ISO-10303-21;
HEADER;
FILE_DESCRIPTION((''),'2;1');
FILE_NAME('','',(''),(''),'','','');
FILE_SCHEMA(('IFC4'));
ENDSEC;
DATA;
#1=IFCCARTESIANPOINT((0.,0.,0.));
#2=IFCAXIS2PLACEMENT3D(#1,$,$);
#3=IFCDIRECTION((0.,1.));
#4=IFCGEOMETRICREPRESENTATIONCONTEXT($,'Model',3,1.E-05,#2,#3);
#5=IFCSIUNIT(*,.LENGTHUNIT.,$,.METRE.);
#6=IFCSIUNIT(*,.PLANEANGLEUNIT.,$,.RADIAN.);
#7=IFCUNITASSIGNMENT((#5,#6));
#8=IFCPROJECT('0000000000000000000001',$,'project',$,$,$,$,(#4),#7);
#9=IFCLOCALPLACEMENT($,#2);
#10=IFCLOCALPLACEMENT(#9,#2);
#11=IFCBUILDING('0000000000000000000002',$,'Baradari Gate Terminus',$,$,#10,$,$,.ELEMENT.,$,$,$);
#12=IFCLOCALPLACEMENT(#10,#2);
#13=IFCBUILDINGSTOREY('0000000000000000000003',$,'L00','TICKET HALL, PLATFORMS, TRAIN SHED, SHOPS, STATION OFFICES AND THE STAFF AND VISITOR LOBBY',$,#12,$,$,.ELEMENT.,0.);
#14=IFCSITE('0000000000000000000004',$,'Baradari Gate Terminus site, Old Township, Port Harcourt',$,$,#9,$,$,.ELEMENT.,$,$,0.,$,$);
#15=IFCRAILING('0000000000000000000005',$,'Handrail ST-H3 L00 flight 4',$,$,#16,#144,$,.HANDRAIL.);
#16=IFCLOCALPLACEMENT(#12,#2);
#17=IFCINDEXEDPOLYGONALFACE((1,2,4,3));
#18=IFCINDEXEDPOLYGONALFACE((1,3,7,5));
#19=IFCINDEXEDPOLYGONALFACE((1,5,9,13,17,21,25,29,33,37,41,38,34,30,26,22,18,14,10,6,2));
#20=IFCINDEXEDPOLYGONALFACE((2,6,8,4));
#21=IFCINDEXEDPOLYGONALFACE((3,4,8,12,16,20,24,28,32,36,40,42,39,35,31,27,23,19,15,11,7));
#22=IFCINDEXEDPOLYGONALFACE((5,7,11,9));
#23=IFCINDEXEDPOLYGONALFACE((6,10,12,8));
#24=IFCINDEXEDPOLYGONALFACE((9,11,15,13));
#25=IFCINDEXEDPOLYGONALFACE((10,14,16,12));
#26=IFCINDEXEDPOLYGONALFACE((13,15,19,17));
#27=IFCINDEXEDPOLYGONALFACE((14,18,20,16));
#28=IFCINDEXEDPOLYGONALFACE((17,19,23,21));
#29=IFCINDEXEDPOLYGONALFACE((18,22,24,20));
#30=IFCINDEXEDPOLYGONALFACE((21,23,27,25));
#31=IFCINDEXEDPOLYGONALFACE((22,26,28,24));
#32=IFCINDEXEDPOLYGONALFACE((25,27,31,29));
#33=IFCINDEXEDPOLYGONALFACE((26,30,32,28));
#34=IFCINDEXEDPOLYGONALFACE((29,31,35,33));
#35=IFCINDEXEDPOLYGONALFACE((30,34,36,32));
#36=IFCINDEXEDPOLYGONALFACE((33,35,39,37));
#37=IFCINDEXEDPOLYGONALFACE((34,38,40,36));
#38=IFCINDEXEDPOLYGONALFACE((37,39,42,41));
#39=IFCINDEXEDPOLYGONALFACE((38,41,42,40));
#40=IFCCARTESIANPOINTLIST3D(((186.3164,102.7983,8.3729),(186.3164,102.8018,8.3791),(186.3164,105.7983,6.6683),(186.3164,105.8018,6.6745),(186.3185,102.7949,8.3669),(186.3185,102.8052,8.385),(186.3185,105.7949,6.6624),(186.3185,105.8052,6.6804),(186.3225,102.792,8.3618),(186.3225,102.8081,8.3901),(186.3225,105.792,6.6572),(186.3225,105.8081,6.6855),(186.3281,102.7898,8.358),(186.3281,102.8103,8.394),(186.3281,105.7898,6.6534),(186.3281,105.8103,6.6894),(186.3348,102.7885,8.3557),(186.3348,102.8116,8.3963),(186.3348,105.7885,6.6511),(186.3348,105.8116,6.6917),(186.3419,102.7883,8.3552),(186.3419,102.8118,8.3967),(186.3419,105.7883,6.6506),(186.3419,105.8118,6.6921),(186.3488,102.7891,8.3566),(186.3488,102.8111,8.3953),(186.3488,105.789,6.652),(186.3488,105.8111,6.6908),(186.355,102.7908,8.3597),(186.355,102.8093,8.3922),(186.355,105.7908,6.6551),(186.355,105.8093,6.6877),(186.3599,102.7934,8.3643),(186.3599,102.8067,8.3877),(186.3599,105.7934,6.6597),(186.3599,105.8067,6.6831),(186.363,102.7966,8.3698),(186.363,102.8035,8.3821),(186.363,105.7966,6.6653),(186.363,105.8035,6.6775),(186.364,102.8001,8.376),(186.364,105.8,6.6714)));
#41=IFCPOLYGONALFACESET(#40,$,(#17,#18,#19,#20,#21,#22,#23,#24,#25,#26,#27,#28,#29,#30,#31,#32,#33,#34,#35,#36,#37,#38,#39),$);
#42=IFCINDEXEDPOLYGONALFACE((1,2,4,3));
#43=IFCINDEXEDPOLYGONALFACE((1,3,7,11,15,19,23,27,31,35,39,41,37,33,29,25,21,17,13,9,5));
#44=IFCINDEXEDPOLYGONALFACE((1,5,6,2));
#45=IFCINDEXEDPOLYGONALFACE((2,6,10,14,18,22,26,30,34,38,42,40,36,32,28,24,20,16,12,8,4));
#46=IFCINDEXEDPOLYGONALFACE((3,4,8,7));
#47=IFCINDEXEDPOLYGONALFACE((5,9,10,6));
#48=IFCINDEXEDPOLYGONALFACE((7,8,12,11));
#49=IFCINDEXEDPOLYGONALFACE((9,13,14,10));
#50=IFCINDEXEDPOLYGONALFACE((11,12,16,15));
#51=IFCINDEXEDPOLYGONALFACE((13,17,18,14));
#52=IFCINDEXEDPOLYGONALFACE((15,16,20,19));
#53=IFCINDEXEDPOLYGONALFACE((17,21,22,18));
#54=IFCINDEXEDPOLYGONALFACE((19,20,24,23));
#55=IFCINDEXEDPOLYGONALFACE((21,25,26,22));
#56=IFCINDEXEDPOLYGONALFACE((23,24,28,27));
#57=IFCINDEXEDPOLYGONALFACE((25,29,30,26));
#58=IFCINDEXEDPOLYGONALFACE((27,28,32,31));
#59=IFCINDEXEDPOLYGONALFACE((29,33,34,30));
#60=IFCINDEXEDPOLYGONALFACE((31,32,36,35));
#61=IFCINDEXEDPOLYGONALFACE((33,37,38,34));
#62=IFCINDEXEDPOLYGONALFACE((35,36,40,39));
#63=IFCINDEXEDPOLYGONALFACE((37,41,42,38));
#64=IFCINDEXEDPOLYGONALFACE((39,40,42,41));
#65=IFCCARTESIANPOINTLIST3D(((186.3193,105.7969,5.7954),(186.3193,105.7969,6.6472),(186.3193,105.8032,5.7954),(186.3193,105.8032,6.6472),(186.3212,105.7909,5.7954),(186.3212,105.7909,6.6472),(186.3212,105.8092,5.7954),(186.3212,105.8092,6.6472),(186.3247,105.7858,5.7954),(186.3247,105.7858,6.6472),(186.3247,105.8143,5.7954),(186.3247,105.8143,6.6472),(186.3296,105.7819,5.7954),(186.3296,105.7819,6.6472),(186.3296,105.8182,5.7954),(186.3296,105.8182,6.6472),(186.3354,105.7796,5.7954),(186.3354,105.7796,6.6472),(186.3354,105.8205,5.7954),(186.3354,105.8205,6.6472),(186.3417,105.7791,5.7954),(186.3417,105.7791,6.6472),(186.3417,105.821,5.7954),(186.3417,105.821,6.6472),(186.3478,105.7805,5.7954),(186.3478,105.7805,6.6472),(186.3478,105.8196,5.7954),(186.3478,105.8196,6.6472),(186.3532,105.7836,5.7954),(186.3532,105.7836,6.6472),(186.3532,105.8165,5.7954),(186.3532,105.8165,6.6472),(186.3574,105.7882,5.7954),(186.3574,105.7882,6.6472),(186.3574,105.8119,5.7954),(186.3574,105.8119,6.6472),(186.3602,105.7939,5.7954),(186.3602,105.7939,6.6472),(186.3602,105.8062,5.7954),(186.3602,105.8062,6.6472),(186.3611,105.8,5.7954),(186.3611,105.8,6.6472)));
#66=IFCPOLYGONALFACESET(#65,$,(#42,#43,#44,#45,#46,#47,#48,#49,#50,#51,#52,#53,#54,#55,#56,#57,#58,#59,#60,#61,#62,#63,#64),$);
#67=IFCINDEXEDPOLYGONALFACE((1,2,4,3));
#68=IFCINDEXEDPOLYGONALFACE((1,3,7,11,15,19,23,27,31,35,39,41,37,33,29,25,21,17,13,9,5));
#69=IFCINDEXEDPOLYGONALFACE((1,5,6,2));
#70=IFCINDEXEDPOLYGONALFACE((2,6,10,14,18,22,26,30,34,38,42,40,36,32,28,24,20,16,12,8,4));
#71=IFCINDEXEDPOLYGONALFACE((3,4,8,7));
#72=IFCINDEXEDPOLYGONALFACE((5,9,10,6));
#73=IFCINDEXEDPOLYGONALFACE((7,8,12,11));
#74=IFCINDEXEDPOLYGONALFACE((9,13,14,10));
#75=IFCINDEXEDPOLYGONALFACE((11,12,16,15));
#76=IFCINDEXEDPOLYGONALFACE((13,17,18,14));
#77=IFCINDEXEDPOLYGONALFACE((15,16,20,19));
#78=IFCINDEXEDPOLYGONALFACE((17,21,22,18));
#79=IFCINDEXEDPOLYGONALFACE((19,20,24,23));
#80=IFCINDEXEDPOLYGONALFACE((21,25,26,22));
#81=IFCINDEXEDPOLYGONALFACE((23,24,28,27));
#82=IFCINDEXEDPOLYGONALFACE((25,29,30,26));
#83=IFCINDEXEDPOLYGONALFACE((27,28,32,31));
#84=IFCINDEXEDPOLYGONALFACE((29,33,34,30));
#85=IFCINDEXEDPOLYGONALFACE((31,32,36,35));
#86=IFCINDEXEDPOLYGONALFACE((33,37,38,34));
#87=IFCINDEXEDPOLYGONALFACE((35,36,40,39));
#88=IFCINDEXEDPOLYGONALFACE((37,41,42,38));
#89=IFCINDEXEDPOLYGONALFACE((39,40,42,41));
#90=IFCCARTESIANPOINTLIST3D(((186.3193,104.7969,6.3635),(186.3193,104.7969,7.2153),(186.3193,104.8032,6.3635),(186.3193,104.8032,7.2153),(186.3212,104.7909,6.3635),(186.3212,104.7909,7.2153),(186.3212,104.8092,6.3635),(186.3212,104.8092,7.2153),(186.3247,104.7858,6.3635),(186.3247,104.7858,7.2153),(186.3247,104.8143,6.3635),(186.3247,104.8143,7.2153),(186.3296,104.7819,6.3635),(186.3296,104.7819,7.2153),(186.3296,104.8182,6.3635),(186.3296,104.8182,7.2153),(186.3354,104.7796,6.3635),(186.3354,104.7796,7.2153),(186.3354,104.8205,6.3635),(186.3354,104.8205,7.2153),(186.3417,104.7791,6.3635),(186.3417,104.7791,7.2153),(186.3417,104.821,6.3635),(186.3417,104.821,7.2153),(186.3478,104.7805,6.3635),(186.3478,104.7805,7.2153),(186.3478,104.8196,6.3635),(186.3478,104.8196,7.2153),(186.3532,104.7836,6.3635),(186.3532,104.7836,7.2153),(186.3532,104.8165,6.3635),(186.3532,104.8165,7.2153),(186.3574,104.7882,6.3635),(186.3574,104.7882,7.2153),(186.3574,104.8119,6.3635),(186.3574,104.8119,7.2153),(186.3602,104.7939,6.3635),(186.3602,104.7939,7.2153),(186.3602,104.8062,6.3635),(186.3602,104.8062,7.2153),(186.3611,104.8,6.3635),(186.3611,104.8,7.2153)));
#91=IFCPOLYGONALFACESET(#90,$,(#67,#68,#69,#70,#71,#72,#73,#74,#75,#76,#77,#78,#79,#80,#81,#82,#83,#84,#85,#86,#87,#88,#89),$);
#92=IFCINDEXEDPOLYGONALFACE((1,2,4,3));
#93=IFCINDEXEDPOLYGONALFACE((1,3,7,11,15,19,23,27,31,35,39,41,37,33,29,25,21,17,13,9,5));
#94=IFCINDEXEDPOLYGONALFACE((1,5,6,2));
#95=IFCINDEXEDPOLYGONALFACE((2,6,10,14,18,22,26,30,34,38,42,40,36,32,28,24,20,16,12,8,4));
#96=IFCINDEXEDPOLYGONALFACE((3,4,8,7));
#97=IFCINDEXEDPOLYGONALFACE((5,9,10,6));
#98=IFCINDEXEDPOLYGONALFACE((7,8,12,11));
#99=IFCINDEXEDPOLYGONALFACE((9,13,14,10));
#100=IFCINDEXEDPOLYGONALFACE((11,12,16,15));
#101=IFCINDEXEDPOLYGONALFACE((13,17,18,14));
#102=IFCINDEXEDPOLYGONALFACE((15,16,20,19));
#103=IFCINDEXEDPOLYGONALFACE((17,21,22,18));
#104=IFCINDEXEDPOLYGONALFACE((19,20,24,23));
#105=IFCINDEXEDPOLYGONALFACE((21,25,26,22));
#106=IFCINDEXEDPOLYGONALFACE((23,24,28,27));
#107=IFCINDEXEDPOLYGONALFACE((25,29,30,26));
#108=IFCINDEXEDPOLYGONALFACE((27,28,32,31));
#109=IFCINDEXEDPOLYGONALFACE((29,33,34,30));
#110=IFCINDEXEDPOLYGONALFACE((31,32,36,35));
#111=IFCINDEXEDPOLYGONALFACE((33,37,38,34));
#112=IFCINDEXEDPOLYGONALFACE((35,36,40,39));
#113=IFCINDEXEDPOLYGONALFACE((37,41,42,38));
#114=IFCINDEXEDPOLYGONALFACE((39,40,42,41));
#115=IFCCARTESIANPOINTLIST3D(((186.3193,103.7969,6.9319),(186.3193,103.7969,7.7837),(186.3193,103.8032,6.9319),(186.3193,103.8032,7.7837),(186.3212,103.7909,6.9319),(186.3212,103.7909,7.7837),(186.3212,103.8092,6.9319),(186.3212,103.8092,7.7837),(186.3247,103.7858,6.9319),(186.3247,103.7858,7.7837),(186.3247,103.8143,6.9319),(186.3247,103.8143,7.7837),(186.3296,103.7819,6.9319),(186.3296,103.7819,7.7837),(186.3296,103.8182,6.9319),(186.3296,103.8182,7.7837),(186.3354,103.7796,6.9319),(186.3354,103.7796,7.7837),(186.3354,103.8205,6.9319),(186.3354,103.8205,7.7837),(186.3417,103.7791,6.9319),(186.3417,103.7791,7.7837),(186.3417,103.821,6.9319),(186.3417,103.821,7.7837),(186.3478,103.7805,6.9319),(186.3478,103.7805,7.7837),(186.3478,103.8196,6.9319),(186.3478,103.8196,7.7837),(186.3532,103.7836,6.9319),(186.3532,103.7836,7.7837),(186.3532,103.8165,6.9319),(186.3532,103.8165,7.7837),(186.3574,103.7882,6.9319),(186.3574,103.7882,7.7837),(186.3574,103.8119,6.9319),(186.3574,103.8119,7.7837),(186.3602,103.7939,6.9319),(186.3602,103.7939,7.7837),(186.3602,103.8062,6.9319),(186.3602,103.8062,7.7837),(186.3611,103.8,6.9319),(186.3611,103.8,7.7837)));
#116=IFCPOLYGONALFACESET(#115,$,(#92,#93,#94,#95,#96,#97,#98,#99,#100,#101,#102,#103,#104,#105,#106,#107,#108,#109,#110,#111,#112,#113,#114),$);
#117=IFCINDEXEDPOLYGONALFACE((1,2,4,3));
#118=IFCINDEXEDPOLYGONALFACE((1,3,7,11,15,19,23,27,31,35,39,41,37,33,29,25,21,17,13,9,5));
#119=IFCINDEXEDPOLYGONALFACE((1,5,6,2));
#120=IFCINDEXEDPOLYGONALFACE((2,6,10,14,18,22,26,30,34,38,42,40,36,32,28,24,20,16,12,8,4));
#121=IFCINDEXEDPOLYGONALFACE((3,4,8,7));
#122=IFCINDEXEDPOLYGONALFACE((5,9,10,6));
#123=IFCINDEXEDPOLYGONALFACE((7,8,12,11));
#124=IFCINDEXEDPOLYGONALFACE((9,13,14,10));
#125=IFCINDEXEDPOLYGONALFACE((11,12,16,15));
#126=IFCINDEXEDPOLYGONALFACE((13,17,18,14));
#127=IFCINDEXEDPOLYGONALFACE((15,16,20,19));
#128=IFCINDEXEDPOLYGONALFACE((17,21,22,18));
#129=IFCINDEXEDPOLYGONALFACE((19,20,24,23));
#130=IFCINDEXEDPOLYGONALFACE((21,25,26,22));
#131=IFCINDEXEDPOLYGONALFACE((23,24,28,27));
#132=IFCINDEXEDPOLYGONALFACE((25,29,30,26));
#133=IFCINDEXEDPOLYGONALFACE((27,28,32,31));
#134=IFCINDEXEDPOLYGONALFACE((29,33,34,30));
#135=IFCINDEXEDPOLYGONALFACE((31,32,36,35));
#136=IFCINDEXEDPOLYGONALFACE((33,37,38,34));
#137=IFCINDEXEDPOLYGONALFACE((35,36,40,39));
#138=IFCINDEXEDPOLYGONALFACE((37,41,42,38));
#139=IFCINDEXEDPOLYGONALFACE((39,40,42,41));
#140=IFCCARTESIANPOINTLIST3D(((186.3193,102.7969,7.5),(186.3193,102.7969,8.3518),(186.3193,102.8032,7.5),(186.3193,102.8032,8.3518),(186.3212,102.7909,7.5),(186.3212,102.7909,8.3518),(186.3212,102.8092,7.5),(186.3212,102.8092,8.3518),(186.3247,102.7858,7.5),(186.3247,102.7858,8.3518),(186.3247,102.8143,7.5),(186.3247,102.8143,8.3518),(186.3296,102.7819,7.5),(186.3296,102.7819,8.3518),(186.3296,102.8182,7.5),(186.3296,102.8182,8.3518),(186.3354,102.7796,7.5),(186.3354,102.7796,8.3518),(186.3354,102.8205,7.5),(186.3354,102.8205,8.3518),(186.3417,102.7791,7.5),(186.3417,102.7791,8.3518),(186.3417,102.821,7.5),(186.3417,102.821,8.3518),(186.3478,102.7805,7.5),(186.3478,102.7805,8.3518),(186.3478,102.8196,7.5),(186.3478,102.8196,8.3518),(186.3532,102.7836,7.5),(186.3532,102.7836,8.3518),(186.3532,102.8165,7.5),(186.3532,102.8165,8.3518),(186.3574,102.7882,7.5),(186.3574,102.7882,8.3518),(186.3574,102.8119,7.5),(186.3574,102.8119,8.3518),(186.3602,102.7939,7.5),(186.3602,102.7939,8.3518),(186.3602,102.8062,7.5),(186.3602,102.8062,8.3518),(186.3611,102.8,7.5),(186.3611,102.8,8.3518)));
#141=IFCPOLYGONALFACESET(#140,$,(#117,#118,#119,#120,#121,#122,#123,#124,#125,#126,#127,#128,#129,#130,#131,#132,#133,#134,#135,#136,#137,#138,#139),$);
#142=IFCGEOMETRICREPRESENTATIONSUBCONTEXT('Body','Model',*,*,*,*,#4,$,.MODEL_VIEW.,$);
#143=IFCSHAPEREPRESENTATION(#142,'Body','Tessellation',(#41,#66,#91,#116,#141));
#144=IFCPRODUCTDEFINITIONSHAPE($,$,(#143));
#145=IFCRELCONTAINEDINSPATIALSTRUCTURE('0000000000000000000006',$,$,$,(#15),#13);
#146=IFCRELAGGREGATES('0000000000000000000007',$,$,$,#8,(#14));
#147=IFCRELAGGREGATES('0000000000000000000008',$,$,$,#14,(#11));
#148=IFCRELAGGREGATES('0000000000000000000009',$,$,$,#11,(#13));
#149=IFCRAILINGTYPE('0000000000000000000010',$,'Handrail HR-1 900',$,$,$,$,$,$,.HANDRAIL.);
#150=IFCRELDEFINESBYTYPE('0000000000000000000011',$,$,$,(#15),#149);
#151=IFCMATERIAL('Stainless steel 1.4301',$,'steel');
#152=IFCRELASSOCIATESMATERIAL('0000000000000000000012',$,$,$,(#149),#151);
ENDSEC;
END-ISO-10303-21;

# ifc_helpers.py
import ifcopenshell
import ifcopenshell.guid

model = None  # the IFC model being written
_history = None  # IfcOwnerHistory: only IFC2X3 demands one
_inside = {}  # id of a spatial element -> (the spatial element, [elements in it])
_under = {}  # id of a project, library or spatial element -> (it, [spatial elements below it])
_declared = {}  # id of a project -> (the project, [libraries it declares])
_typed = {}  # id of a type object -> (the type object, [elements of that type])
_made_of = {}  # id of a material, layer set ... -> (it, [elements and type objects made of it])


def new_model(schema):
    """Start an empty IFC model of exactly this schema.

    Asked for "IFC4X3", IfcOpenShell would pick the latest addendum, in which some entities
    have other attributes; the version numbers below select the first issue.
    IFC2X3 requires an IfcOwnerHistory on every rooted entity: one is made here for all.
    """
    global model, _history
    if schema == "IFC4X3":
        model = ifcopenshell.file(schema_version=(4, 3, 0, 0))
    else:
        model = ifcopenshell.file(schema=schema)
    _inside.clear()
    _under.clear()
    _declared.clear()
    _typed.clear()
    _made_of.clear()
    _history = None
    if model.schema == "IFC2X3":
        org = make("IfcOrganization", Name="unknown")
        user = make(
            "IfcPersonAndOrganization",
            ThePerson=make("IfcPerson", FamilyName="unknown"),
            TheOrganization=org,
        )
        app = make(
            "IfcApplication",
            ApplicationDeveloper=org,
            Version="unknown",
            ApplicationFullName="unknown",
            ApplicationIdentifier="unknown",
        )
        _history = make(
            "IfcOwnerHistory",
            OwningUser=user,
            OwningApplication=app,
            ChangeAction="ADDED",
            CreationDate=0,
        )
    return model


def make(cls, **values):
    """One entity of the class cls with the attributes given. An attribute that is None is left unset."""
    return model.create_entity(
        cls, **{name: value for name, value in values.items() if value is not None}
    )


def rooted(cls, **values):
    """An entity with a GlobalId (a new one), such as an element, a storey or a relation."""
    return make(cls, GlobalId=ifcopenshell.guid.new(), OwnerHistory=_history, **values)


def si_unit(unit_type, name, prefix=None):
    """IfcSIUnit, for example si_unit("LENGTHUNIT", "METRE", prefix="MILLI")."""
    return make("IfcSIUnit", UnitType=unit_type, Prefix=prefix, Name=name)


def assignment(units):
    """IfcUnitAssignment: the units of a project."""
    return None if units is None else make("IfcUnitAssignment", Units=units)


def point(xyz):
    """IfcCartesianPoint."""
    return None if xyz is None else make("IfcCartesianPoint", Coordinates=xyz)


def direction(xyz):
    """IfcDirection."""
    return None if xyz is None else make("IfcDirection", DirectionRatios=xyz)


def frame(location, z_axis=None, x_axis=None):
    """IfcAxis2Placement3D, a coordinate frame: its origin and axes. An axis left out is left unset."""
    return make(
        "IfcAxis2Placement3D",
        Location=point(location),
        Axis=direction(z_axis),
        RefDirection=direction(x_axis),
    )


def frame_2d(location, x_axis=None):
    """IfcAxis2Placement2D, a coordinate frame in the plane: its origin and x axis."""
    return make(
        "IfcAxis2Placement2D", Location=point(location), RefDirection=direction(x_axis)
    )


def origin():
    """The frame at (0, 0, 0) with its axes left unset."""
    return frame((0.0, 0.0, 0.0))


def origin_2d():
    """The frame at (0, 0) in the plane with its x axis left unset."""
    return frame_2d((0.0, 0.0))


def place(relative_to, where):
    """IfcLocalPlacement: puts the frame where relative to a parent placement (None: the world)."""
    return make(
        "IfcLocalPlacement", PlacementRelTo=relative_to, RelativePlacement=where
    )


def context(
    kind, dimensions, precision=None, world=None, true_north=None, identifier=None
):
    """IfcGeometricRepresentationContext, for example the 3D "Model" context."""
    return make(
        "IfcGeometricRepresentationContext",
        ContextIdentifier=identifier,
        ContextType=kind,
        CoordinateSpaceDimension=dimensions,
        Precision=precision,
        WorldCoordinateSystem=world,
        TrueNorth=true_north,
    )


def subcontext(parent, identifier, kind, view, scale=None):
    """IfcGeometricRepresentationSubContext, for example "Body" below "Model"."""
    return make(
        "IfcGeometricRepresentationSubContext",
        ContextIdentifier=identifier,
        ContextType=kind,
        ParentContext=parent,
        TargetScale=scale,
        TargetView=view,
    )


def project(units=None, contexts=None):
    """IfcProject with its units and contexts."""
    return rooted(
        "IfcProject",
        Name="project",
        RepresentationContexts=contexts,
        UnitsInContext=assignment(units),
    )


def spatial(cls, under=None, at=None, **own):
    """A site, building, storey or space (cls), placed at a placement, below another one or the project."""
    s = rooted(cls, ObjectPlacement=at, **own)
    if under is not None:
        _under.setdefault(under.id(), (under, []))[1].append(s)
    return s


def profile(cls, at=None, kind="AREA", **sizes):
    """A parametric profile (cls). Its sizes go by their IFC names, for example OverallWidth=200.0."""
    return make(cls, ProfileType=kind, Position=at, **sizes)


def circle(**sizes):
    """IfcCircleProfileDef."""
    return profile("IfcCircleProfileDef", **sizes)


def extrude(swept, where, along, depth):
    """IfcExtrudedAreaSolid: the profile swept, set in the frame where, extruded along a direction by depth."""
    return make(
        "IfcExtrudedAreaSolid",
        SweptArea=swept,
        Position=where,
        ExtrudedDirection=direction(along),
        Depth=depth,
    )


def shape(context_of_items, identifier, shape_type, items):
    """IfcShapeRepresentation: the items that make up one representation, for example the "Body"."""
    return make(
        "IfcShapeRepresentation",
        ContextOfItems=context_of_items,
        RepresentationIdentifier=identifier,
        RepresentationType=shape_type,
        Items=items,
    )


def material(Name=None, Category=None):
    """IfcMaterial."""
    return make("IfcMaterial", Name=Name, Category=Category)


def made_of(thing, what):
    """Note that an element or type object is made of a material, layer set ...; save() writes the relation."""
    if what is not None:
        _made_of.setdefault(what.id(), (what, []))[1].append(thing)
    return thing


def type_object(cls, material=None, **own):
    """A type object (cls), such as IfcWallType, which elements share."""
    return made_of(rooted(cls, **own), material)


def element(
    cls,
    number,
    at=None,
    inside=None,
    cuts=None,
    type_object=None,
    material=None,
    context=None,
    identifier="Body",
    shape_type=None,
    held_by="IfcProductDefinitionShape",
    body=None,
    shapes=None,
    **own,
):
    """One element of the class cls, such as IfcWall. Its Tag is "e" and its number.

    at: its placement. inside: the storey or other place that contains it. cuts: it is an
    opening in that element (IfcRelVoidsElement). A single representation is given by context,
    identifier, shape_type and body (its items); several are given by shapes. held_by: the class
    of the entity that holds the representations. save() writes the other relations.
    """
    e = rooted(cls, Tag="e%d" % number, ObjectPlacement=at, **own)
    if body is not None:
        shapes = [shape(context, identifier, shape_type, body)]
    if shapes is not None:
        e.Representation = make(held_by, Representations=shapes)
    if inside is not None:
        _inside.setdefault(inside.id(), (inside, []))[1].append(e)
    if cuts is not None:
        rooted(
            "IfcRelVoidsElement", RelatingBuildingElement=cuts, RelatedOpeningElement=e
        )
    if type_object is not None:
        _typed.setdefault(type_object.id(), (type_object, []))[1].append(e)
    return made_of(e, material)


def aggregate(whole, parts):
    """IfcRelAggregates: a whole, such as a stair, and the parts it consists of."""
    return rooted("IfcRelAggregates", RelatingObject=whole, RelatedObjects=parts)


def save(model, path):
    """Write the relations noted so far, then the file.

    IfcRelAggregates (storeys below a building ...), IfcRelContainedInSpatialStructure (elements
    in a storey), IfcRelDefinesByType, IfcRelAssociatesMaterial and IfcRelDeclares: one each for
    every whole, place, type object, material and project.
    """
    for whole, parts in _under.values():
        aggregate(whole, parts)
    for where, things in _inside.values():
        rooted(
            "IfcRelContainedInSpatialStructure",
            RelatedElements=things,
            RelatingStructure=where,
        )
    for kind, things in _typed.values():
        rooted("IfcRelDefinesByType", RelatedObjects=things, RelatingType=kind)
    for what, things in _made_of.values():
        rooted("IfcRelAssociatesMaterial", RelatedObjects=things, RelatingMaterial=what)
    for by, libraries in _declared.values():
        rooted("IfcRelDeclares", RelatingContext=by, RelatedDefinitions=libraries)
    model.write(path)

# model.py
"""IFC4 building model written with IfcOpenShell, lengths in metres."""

from ifc_helpers import new_model, si_unit, direction, frame, origin, origin_2d, place, context, subcontext, project, spatial, circle, extrude, material, type_object, element, save


model = new_model("IFC4")

# Units and contexts
model_context = context("Model", 3, precision=1e-05, world=origin(), true_north=direction((0.0, 1.0)))
body_context = subcontext(model_context, "Body", "Model", "MODEL_VIEW")
ifc_project = project(units=[si_unit("LENGTHUNIT", "METRE"), si_unit("PLANEANGLEUNIT", "RADIAN")], contexts=[model_context])

# Site, building, storey
site_placement = place(None, origin())
site = spatial("IfcSite", under=ifc_project, at=site_placement, Name="Baradari Gate Terminus site, Old Township, Port Harcourt", CompositionType="ELEMENT", RefElevation=0.0)
building_placement = place(site_placement, origin())
building = spatial("IfcBuilding", under=site, at=building_placement, Name="Baradari Gate Terminus", CompositionType="ELEMENT")
storey_placement = place(building_placement, origin())
storey = spatial("IfcBuildingStorey", under=building, at=storey_placement, Name="L00", Description="TICKET HALL, PLATFORMS, TRAIN SHED, SHOPS, STATION OFFICES AND THE STAFF AND VISITOR LOBBY", CompositionType="ELEMENT", Elevation=0.0)

# Railing
ifc_material_1 = material(Name="Stainless steel 1.4301", Category="steel")
railing_type_1 = type_object("IfcRailingType", Name="Handrail HR-1 900", PredefinedType="HANDRAIL", material=ifc_material_1)
for number, where, name in (
    (1, (186.3401, 105.8, 5.7954), "Handrail ST-H3 L00 flight 4"),
):
    element("IfcRailing", number, at=place(storey_placement, frame(where)), inside=storey, type_object=railing_type_1, Name=name, PredefinedType="HANDRAIL", context=body_context, shape_type="SweptSolid", body=[
        extrude(circle(Radius=0.0239, at=origin_2d()), frame((0.0, 0.0, 0.876), z_axis=(0.0, -0.869451, 0.494019), x_axis=(1.0, 0.0, 0.0)), (0.0, 0.0, 1.0), 3.4504),
        extrude(circle(Radius=0.021, at=origin_2d()), origin(), (0.0, 0.0, 1.0), 0.8518),
        extrude(circle(Radius=0.021, at=origin_2d()), frame((0.0, -1.0, 0.5681)), (0.0, 0.0, 1.0), 0.8518),
        extrude(circle(Radius=0.021, at=origin_2d()), frame((0.0, -2.0, 1.1365)), (0.0, 0.0, 1.0), 0.8518),
        extrude(circle(Radius=0.021, at=origin_2d()), frame((0.0, -3.0, 1.7046)), (0.0, 0.0, 1.0), 0.8518),
    ])

save(model, "model.ifc")
